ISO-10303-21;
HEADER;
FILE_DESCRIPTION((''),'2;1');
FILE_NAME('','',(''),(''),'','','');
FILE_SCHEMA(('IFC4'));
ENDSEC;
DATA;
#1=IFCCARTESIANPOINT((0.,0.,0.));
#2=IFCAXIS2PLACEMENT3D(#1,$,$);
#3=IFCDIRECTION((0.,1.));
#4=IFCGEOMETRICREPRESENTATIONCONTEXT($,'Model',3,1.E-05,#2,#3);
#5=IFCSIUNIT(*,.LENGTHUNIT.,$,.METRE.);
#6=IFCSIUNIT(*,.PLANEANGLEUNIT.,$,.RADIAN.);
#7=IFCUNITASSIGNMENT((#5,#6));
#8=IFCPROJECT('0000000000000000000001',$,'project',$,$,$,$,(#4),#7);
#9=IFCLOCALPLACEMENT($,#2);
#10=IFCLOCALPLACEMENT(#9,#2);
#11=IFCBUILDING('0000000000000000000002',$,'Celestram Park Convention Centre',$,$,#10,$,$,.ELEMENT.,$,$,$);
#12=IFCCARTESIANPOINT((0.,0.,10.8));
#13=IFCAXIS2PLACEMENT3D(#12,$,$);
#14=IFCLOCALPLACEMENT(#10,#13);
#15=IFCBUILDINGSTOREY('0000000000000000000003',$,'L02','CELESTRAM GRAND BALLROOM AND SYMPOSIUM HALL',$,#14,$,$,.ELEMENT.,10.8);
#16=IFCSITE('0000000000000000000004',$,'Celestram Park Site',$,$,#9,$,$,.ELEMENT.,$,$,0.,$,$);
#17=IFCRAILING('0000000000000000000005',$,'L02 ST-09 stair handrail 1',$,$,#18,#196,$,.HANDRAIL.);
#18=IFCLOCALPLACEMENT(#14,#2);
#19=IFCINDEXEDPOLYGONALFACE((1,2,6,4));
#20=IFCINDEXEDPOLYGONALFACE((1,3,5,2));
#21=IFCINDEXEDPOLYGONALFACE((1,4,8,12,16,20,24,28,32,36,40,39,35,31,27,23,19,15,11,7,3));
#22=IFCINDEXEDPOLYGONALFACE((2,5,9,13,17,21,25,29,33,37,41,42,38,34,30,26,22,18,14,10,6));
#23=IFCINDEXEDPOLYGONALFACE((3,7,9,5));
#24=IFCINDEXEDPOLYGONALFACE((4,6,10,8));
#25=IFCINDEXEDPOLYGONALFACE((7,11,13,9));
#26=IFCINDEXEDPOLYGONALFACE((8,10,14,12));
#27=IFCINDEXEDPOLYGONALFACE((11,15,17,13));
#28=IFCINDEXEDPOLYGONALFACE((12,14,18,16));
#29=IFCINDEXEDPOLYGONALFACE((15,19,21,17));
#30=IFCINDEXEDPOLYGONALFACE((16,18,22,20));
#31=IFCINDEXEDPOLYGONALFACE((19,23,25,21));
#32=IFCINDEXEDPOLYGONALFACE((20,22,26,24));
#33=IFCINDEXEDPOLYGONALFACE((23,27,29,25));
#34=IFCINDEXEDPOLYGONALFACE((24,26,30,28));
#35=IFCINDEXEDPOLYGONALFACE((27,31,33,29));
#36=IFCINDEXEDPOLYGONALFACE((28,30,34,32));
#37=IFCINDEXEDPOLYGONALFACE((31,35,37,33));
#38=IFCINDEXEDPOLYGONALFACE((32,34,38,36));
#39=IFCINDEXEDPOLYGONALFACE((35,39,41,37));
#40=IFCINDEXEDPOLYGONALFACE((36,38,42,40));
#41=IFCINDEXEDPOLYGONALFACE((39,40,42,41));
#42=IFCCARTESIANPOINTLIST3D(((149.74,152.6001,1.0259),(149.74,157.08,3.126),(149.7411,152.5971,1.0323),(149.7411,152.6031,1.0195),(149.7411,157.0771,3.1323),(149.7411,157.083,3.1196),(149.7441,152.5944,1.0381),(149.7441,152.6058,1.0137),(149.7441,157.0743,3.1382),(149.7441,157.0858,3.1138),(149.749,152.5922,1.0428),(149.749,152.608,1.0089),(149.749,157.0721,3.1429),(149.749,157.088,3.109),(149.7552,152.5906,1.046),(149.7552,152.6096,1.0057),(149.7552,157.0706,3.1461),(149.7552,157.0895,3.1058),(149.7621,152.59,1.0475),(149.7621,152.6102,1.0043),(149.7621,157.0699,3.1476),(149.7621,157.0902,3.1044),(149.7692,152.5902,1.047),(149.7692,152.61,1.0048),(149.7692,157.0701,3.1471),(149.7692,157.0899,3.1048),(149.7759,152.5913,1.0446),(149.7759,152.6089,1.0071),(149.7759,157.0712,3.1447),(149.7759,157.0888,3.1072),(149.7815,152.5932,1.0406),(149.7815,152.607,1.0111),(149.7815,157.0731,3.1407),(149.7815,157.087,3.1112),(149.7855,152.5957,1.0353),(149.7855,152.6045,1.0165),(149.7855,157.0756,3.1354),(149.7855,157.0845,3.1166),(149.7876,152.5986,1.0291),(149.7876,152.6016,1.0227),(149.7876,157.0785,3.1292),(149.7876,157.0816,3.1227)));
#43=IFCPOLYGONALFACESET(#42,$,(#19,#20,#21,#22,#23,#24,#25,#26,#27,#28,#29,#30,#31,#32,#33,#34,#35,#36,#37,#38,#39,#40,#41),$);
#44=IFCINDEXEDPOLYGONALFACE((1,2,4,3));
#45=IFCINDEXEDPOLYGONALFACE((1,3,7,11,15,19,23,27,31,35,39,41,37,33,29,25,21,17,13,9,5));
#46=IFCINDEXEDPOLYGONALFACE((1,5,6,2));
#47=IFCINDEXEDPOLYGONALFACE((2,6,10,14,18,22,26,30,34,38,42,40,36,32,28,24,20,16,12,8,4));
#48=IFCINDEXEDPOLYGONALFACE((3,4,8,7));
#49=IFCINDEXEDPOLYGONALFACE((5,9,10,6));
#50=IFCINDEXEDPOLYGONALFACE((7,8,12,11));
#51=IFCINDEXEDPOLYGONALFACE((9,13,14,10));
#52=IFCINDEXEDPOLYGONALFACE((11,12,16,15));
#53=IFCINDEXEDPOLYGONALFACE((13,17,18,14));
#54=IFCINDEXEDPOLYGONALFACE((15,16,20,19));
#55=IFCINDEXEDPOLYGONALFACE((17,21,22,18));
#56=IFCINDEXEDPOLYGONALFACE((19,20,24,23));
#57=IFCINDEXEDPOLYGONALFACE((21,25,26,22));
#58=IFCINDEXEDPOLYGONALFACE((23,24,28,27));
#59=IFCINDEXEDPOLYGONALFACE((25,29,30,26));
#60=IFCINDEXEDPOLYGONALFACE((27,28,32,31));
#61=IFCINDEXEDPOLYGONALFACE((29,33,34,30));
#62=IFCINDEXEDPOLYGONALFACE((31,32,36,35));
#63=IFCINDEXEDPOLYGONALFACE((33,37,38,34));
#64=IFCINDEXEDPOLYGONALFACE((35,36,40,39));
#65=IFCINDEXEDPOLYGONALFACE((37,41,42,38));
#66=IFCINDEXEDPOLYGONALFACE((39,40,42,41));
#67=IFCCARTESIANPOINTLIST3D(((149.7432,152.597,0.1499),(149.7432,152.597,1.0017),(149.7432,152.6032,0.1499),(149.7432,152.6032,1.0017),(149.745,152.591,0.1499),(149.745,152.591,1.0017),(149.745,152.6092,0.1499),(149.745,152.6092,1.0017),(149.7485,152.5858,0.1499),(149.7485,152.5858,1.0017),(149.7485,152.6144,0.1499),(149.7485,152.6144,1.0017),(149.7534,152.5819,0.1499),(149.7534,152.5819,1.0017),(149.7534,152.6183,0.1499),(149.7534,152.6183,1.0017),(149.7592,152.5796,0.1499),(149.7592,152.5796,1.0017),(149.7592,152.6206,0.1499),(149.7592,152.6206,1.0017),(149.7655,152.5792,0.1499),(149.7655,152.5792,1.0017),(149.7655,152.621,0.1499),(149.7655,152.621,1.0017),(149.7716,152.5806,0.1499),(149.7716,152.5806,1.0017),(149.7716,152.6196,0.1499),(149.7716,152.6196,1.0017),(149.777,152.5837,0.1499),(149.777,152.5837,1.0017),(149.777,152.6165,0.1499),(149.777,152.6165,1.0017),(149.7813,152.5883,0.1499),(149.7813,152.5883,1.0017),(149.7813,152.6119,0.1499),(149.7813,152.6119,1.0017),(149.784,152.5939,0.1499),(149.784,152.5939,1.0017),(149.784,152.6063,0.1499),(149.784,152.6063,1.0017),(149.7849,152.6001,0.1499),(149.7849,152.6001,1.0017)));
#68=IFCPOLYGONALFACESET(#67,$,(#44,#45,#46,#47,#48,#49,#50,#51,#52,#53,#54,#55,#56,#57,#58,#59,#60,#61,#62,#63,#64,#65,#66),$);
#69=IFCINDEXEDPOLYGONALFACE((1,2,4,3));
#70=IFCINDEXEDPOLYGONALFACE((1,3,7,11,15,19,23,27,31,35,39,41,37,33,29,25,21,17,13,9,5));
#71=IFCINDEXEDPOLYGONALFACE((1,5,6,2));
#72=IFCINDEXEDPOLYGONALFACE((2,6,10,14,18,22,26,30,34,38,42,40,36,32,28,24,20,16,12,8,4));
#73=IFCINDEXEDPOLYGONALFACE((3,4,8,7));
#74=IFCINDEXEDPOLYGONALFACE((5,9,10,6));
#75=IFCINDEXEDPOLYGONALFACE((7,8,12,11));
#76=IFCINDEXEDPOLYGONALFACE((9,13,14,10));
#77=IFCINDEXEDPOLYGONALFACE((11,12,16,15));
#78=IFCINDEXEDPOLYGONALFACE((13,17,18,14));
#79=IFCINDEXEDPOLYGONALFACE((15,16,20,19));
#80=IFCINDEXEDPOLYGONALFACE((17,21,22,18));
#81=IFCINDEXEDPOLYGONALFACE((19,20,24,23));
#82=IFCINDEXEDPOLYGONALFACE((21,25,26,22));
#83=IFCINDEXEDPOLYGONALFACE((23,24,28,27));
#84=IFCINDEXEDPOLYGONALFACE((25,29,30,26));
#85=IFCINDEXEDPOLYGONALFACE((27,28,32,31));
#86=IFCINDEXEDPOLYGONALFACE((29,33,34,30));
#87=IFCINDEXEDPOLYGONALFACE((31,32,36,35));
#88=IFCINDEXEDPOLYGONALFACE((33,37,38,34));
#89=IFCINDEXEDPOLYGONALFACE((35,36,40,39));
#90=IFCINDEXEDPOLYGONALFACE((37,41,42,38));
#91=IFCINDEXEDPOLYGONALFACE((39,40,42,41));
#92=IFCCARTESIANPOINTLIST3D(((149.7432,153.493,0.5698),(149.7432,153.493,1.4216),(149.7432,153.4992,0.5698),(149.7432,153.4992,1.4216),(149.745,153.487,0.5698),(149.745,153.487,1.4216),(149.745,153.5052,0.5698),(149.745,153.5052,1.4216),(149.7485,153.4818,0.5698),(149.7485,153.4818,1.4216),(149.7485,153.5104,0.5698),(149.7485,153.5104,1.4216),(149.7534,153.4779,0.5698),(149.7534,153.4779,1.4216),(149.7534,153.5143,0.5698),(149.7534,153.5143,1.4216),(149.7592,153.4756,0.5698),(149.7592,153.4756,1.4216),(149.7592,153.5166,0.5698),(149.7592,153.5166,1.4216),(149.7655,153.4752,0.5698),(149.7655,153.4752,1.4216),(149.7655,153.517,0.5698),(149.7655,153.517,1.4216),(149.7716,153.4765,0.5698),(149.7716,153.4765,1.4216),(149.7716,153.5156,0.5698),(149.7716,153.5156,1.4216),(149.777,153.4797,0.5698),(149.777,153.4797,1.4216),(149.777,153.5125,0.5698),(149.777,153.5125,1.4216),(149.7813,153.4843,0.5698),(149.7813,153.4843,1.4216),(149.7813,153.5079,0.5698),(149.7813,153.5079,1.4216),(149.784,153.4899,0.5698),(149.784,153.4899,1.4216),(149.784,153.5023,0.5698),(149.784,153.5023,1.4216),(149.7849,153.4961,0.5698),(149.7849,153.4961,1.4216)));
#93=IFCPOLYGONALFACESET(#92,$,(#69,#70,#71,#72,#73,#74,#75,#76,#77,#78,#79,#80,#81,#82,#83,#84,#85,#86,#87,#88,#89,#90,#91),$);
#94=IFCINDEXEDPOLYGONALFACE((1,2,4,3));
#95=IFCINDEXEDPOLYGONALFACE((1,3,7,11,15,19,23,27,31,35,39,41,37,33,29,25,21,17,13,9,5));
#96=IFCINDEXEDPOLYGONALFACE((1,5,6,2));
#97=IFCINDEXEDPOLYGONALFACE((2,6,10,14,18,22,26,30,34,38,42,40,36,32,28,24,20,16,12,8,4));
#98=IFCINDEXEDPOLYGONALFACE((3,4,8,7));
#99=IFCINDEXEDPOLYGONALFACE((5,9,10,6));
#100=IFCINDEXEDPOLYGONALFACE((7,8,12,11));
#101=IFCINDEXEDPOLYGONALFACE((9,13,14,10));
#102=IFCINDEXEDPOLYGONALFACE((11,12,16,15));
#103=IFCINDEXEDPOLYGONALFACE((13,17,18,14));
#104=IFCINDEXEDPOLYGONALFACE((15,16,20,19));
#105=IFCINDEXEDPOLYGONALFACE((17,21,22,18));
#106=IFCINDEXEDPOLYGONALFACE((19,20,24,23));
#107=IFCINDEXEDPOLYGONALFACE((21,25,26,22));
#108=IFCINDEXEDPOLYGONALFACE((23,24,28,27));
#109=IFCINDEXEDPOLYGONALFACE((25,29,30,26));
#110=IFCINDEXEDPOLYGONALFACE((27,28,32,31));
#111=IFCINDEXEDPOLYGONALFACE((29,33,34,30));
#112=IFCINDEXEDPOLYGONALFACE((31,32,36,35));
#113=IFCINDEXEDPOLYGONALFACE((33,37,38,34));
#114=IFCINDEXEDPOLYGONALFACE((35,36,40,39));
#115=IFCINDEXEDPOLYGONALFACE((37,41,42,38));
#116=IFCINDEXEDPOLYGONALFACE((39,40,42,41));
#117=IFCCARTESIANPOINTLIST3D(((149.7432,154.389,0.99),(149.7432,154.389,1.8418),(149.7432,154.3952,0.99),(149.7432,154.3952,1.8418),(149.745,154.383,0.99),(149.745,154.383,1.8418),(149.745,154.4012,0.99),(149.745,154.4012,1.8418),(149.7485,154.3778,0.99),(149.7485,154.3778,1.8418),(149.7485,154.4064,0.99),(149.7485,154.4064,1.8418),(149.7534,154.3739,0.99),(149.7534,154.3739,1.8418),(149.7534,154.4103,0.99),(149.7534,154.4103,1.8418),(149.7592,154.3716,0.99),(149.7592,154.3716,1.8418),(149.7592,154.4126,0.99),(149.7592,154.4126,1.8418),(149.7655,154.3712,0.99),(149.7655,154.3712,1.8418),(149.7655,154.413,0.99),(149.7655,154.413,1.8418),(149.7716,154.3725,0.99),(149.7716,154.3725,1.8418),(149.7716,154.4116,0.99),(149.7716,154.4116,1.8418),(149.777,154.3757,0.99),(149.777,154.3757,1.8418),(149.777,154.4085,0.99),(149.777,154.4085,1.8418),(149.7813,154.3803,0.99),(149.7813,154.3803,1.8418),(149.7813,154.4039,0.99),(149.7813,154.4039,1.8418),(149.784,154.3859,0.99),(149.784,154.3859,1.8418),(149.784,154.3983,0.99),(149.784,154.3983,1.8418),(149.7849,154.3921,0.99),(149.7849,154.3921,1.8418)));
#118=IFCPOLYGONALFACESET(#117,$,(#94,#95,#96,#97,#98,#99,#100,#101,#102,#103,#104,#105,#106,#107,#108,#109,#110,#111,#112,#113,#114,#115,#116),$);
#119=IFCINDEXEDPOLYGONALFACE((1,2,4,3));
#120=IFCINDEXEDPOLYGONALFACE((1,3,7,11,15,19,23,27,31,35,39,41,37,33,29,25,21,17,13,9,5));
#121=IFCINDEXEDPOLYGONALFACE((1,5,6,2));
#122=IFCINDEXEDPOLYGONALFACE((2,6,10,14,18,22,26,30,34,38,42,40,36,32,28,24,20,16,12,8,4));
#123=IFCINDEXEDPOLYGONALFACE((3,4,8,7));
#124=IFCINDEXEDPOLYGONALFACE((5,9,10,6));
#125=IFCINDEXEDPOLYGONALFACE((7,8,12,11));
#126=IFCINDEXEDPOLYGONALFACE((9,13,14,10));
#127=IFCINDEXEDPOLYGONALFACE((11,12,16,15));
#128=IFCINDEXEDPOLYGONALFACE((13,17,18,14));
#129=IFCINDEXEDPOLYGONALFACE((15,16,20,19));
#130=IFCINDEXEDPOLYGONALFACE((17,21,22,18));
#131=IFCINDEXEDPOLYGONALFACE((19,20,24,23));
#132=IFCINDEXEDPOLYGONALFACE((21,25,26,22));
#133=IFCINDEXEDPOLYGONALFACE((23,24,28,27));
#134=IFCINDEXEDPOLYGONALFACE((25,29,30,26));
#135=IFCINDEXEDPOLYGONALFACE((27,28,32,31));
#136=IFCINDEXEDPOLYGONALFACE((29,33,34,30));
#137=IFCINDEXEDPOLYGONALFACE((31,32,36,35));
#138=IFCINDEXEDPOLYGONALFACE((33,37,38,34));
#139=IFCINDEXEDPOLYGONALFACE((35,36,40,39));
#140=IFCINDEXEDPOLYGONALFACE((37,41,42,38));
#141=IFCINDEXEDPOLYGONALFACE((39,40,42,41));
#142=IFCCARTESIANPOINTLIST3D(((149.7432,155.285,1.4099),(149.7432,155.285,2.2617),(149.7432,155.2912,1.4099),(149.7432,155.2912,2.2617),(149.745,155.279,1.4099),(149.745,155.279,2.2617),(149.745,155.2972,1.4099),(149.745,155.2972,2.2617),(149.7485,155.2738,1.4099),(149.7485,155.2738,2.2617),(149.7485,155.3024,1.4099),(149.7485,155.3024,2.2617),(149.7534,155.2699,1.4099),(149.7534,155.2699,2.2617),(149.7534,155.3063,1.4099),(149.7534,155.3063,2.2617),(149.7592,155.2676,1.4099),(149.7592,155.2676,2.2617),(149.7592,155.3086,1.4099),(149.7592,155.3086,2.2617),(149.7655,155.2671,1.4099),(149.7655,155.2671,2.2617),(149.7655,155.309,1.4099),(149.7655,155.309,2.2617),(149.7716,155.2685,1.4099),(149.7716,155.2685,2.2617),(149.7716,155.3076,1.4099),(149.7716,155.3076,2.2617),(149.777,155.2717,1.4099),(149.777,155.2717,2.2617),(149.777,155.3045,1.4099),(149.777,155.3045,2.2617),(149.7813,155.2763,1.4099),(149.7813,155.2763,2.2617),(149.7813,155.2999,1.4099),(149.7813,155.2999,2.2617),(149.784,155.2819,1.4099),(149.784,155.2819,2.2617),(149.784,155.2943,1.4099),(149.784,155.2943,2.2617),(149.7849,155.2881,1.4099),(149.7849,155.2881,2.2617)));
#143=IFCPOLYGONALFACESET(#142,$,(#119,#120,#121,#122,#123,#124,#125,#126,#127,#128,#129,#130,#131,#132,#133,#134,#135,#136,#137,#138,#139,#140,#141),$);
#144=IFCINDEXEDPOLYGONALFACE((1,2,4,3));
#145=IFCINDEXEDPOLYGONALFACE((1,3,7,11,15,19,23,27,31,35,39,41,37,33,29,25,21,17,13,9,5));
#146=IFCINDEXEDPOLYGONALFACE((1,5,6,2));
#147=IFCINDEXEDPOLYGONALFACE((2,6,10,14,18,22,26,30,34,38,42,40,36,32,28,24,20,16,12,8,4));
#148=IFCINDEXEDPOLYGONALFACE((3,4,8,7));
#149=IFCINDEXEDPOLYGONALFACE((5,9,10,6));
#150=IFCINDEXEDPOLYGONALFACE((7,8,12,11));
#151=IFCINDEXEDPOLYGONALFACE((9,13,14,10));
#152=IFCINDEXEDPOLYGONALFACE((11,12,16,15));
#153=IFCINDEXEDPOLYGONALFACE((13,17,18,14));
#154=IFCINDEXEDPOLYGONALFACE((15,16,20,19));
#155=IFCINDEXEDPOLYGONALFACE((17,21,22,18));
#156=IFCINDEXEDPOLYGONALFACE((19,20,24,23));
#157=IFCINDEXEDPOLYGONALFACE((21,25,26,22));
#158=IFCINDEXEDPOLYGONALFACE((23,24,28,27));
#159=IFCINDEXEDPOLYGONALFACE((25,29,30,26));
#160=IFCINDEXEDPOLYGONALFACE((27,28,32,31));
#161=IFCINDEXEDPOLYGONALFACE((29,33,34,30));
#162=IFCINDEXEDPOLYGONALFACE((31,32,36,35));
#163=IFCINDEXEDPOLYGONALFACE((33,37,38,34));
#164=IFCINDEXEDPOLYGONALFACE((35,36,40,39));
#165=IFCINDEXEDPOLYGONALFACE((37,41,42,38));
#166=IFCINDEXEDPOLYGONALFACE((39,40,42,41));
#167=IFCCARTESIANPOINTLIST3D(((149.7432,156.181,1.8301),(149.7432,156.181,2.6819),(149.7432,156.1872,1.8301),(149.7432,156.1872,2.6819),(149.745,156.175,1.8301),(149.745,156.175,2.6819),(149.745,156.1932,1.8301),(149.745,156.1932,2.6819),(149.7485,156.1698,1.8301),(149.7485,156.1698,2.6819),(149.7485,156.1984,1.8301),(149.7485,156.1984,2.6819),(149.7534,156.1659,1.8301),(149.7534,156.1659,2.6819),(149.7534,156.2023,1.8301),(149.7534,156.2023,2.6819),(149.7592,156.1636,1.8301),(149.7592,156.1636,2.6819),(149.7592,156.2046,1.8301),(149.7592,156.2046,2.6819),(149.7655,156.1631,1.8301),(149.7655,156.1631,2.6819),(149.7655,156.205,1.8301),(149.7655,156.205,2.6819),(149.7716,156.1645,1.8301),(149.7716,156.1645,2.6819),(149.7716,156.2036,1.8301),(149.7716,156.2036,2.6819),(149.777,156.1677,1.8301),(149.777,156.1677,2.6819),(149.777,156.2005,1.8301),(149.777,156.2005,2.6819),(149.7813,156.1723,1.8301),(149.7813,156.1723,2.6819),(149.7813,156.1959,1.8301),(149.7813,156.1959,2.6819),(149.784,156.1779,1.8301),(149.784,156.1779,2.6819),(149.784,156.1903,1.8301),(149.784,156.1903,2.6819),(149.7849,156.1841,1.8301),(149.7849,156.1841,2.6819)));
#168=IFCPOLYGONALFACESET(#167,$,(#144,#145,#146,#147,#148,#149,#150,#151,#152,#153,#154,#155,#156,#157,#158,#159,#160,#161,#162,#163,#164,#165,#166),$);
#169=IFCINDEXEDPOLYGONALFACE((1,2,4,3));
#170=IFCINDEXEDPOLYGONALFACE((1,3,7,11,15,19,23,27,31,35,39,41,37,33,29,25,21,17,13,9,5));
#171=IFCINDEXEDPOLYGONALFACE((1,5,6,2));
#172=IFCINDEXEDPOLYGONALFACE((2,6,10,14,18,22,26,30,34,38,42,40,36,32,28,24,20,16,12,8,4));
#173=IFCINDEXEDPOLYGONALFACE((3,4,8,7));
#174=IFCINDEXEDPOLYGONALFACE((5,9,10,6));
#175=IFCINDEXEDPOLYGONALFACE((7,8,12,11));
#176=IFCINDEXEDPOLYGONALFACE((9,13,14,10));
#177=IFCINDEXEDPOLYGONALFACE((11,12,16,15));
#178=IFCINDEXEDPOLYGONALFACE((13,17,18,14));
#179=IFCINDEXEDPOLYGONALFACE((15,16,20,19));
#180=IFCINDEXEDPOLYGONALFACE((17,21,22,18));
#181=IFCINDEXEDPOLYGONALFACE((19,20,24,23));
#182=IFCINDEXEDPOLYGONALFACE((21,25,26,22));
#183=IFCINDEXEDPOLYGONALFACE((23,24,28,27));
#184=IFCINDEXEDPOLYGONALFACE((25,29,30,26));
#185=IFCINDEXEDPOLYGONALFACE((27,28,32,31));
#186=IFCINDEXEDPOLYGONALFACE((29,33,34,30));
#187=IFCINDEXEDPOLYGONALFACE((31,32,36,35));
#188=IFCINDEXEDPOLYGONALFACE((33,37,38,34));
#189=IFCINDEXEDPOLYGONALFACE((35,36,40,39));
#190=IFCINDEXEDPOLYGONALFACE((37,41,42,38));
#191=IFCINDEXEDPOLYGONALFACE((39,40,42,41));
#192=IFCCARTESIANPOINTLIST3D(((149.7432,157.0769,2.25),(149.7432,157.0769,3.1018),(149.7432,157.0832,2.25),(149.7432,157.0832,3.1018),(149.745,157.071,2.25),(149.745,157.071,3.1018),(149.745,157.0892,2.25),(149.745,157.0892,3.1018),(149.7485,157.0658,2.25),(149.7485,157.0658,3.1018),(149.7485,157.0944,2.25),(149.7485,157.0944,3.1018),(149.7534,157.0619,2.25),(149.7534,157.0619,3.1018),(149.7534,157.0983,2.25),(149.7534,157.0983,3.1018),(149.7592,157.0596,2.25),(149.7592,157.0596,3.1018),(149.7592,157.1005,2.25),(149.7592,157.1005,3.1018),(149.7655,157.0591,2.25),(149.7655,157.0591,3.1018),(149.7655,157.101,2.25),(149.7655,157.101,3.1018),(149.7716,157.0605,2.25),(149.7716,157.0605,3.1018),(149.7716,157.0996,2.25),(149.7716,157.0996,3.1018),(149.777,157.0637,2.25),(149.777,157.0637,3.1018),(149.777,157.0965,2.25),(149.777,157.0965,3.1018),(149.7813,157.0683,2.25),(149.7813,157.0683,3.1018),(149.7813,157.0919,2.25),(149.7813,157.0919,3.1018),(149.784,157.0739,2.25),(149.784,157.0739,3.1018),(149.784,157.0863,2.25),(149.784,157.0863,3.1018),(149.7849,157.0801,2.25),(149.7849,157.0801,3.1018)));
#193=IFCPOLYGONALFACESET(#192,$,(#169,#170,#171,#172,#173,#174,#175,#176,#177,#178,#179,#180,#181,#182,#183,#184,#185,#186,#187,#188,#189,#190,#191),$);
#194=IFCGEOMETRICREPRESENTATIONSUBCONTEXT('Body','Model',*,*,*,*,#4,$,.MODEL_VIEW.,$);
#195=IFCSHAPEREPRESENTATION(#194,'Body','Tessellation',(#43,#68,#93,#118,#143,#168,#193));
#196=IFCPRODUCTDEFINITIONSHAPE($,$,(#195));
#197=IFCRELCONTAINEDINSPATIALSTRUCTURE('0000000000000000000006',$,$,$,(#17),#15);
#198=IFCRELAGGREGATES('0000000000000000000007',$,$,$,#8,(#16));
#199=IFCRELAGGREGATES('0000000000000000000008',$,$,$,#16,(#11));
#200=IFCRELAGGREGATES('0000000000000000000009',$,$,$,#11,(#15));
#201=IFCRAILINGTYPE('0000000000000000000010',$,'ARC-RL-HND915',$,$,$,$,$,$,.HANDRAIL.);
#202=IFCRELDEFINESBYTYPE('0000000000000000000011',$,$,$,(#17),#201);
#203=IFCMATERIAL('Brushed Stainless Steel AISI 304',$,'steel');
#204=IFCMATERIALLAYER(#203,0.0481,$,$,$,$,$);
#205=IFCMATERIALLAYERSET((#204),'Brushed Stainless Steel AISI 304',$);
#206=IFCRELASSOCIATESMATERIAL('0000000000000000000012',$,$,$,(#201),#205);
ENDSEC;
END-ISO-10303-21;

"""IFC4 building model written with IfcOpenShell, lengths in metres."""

from ifc_helpers import new_model, si_unit, direction, frame, origin, origin_2d, place, context, subcontext, project, spatial, circle, extrude, material, layer, layer_set, type_object, element, save


model = new_model("IFC4")

# Units and contexts
model_context = context("Model", 3, precision=1e-05, world=origin(), true_north=direction((0.0, 1.0)))
body_context = subcontext(model_context, "Body", "Model", "MODEL_VIEW")
ifc_project = project(units=[si_unit("LENGTHUNIT", "METRE"), si_unit("PLANEANGLEUNIT", "RADIAN")], contexts=[model_context])

# Site, building, storey
site_placement = place(None, origin())
site = spatial("IfcSite", under=ifc_project, at=site_placement, Name="Celestram Park Site", CompositionType="ELEMENT", RefElevation=0.0)
building_placement = place(site_placement, origin())
building = spatial("IfcBuilding", under=site, at=building_placement, Name="Celestram Park Convention Centre", CompositionType="ELEMENT")
storey_placement = place(building_placement, frame((0.0, 0.0, 10.8)))
storey = spatial("IfcBuildingStorey", under=building, at=storey_placement, Name="L02", Description="CELESTRAM GRAND BALLROOM AND SYMPOSIUM HALL", CompositionType="ELEMENT", Elevation=10.8)

# Railing
ifc_material_1 = material(Name="Brushed Stainless Steel AISI 304", Category="steel")
ifc_layer_1 = layer(ifc_material_1, 0.0481)
ifc_layer_set_1 = layer_set([ifc_layer_1], Name="Brushed Stainless Steel AISI 304")
railing_type_1 = type_object("IfcRailingType", Name="ARC-RL-HND915", PredefinedType="HANDRAIL", material=ifc_layer_set_1)
railing_1_placement = place(storey_placement, frame((149.7639, 152.6001, 0.1499)))
element("IfcRailing", 1, at=railing_1_placement, inside=storey, type_object=railing_type_1, Name="L02 ST-09 stair handrail 1", PredefinedType="HANDRAIL", context=body_context, shape_type="SweptSolid", body=[
    extrude(circle(Radius=0.0239, at=origin_2d()), frame((0.0, 0.0, 0.876), z_axis=(0.0, 0.905451, 0.424452), x_axis=(-1.0, 0.0, 0.0)), (0.0, 0.0, 1.0), 4.9478),
    extrude(circle(Radius=0.021, at=origin_2d()), origin(), (0.0, 0.0, 1.0), 0.8518),
    extrude(circle(Radius=0.021, at=origin_2d()), frame((0.0, 0.896, 0.4199)), (0.0, 0.0, 1.0), 0.8518),
    extrude(circle(Radius=0.021, at=origin_2d()), frame((0.0, 1.792, 0.8401)), (0.0, 0.0, 1.0), 0.8518),
    extrude(circle(Radius=0.021, at=origin_2d()), frame((0.0, 2.688, 1.26)), (0.0, 0.0, 1.0), 0.8518),
    extrude(circle(Radius=0.021, at=origin_2d()), frame((0.0, 3.584, 1.6802)), (0.0, 0.0, 1.0), 0.8518),
    extrude(circle(Radius=0.021, at=origin_2d()), frame((0.0, 4.48, 2.1001)), (0.0, 0.0, 1.0), 0.8518),
])

save(model, "model.ifc")
